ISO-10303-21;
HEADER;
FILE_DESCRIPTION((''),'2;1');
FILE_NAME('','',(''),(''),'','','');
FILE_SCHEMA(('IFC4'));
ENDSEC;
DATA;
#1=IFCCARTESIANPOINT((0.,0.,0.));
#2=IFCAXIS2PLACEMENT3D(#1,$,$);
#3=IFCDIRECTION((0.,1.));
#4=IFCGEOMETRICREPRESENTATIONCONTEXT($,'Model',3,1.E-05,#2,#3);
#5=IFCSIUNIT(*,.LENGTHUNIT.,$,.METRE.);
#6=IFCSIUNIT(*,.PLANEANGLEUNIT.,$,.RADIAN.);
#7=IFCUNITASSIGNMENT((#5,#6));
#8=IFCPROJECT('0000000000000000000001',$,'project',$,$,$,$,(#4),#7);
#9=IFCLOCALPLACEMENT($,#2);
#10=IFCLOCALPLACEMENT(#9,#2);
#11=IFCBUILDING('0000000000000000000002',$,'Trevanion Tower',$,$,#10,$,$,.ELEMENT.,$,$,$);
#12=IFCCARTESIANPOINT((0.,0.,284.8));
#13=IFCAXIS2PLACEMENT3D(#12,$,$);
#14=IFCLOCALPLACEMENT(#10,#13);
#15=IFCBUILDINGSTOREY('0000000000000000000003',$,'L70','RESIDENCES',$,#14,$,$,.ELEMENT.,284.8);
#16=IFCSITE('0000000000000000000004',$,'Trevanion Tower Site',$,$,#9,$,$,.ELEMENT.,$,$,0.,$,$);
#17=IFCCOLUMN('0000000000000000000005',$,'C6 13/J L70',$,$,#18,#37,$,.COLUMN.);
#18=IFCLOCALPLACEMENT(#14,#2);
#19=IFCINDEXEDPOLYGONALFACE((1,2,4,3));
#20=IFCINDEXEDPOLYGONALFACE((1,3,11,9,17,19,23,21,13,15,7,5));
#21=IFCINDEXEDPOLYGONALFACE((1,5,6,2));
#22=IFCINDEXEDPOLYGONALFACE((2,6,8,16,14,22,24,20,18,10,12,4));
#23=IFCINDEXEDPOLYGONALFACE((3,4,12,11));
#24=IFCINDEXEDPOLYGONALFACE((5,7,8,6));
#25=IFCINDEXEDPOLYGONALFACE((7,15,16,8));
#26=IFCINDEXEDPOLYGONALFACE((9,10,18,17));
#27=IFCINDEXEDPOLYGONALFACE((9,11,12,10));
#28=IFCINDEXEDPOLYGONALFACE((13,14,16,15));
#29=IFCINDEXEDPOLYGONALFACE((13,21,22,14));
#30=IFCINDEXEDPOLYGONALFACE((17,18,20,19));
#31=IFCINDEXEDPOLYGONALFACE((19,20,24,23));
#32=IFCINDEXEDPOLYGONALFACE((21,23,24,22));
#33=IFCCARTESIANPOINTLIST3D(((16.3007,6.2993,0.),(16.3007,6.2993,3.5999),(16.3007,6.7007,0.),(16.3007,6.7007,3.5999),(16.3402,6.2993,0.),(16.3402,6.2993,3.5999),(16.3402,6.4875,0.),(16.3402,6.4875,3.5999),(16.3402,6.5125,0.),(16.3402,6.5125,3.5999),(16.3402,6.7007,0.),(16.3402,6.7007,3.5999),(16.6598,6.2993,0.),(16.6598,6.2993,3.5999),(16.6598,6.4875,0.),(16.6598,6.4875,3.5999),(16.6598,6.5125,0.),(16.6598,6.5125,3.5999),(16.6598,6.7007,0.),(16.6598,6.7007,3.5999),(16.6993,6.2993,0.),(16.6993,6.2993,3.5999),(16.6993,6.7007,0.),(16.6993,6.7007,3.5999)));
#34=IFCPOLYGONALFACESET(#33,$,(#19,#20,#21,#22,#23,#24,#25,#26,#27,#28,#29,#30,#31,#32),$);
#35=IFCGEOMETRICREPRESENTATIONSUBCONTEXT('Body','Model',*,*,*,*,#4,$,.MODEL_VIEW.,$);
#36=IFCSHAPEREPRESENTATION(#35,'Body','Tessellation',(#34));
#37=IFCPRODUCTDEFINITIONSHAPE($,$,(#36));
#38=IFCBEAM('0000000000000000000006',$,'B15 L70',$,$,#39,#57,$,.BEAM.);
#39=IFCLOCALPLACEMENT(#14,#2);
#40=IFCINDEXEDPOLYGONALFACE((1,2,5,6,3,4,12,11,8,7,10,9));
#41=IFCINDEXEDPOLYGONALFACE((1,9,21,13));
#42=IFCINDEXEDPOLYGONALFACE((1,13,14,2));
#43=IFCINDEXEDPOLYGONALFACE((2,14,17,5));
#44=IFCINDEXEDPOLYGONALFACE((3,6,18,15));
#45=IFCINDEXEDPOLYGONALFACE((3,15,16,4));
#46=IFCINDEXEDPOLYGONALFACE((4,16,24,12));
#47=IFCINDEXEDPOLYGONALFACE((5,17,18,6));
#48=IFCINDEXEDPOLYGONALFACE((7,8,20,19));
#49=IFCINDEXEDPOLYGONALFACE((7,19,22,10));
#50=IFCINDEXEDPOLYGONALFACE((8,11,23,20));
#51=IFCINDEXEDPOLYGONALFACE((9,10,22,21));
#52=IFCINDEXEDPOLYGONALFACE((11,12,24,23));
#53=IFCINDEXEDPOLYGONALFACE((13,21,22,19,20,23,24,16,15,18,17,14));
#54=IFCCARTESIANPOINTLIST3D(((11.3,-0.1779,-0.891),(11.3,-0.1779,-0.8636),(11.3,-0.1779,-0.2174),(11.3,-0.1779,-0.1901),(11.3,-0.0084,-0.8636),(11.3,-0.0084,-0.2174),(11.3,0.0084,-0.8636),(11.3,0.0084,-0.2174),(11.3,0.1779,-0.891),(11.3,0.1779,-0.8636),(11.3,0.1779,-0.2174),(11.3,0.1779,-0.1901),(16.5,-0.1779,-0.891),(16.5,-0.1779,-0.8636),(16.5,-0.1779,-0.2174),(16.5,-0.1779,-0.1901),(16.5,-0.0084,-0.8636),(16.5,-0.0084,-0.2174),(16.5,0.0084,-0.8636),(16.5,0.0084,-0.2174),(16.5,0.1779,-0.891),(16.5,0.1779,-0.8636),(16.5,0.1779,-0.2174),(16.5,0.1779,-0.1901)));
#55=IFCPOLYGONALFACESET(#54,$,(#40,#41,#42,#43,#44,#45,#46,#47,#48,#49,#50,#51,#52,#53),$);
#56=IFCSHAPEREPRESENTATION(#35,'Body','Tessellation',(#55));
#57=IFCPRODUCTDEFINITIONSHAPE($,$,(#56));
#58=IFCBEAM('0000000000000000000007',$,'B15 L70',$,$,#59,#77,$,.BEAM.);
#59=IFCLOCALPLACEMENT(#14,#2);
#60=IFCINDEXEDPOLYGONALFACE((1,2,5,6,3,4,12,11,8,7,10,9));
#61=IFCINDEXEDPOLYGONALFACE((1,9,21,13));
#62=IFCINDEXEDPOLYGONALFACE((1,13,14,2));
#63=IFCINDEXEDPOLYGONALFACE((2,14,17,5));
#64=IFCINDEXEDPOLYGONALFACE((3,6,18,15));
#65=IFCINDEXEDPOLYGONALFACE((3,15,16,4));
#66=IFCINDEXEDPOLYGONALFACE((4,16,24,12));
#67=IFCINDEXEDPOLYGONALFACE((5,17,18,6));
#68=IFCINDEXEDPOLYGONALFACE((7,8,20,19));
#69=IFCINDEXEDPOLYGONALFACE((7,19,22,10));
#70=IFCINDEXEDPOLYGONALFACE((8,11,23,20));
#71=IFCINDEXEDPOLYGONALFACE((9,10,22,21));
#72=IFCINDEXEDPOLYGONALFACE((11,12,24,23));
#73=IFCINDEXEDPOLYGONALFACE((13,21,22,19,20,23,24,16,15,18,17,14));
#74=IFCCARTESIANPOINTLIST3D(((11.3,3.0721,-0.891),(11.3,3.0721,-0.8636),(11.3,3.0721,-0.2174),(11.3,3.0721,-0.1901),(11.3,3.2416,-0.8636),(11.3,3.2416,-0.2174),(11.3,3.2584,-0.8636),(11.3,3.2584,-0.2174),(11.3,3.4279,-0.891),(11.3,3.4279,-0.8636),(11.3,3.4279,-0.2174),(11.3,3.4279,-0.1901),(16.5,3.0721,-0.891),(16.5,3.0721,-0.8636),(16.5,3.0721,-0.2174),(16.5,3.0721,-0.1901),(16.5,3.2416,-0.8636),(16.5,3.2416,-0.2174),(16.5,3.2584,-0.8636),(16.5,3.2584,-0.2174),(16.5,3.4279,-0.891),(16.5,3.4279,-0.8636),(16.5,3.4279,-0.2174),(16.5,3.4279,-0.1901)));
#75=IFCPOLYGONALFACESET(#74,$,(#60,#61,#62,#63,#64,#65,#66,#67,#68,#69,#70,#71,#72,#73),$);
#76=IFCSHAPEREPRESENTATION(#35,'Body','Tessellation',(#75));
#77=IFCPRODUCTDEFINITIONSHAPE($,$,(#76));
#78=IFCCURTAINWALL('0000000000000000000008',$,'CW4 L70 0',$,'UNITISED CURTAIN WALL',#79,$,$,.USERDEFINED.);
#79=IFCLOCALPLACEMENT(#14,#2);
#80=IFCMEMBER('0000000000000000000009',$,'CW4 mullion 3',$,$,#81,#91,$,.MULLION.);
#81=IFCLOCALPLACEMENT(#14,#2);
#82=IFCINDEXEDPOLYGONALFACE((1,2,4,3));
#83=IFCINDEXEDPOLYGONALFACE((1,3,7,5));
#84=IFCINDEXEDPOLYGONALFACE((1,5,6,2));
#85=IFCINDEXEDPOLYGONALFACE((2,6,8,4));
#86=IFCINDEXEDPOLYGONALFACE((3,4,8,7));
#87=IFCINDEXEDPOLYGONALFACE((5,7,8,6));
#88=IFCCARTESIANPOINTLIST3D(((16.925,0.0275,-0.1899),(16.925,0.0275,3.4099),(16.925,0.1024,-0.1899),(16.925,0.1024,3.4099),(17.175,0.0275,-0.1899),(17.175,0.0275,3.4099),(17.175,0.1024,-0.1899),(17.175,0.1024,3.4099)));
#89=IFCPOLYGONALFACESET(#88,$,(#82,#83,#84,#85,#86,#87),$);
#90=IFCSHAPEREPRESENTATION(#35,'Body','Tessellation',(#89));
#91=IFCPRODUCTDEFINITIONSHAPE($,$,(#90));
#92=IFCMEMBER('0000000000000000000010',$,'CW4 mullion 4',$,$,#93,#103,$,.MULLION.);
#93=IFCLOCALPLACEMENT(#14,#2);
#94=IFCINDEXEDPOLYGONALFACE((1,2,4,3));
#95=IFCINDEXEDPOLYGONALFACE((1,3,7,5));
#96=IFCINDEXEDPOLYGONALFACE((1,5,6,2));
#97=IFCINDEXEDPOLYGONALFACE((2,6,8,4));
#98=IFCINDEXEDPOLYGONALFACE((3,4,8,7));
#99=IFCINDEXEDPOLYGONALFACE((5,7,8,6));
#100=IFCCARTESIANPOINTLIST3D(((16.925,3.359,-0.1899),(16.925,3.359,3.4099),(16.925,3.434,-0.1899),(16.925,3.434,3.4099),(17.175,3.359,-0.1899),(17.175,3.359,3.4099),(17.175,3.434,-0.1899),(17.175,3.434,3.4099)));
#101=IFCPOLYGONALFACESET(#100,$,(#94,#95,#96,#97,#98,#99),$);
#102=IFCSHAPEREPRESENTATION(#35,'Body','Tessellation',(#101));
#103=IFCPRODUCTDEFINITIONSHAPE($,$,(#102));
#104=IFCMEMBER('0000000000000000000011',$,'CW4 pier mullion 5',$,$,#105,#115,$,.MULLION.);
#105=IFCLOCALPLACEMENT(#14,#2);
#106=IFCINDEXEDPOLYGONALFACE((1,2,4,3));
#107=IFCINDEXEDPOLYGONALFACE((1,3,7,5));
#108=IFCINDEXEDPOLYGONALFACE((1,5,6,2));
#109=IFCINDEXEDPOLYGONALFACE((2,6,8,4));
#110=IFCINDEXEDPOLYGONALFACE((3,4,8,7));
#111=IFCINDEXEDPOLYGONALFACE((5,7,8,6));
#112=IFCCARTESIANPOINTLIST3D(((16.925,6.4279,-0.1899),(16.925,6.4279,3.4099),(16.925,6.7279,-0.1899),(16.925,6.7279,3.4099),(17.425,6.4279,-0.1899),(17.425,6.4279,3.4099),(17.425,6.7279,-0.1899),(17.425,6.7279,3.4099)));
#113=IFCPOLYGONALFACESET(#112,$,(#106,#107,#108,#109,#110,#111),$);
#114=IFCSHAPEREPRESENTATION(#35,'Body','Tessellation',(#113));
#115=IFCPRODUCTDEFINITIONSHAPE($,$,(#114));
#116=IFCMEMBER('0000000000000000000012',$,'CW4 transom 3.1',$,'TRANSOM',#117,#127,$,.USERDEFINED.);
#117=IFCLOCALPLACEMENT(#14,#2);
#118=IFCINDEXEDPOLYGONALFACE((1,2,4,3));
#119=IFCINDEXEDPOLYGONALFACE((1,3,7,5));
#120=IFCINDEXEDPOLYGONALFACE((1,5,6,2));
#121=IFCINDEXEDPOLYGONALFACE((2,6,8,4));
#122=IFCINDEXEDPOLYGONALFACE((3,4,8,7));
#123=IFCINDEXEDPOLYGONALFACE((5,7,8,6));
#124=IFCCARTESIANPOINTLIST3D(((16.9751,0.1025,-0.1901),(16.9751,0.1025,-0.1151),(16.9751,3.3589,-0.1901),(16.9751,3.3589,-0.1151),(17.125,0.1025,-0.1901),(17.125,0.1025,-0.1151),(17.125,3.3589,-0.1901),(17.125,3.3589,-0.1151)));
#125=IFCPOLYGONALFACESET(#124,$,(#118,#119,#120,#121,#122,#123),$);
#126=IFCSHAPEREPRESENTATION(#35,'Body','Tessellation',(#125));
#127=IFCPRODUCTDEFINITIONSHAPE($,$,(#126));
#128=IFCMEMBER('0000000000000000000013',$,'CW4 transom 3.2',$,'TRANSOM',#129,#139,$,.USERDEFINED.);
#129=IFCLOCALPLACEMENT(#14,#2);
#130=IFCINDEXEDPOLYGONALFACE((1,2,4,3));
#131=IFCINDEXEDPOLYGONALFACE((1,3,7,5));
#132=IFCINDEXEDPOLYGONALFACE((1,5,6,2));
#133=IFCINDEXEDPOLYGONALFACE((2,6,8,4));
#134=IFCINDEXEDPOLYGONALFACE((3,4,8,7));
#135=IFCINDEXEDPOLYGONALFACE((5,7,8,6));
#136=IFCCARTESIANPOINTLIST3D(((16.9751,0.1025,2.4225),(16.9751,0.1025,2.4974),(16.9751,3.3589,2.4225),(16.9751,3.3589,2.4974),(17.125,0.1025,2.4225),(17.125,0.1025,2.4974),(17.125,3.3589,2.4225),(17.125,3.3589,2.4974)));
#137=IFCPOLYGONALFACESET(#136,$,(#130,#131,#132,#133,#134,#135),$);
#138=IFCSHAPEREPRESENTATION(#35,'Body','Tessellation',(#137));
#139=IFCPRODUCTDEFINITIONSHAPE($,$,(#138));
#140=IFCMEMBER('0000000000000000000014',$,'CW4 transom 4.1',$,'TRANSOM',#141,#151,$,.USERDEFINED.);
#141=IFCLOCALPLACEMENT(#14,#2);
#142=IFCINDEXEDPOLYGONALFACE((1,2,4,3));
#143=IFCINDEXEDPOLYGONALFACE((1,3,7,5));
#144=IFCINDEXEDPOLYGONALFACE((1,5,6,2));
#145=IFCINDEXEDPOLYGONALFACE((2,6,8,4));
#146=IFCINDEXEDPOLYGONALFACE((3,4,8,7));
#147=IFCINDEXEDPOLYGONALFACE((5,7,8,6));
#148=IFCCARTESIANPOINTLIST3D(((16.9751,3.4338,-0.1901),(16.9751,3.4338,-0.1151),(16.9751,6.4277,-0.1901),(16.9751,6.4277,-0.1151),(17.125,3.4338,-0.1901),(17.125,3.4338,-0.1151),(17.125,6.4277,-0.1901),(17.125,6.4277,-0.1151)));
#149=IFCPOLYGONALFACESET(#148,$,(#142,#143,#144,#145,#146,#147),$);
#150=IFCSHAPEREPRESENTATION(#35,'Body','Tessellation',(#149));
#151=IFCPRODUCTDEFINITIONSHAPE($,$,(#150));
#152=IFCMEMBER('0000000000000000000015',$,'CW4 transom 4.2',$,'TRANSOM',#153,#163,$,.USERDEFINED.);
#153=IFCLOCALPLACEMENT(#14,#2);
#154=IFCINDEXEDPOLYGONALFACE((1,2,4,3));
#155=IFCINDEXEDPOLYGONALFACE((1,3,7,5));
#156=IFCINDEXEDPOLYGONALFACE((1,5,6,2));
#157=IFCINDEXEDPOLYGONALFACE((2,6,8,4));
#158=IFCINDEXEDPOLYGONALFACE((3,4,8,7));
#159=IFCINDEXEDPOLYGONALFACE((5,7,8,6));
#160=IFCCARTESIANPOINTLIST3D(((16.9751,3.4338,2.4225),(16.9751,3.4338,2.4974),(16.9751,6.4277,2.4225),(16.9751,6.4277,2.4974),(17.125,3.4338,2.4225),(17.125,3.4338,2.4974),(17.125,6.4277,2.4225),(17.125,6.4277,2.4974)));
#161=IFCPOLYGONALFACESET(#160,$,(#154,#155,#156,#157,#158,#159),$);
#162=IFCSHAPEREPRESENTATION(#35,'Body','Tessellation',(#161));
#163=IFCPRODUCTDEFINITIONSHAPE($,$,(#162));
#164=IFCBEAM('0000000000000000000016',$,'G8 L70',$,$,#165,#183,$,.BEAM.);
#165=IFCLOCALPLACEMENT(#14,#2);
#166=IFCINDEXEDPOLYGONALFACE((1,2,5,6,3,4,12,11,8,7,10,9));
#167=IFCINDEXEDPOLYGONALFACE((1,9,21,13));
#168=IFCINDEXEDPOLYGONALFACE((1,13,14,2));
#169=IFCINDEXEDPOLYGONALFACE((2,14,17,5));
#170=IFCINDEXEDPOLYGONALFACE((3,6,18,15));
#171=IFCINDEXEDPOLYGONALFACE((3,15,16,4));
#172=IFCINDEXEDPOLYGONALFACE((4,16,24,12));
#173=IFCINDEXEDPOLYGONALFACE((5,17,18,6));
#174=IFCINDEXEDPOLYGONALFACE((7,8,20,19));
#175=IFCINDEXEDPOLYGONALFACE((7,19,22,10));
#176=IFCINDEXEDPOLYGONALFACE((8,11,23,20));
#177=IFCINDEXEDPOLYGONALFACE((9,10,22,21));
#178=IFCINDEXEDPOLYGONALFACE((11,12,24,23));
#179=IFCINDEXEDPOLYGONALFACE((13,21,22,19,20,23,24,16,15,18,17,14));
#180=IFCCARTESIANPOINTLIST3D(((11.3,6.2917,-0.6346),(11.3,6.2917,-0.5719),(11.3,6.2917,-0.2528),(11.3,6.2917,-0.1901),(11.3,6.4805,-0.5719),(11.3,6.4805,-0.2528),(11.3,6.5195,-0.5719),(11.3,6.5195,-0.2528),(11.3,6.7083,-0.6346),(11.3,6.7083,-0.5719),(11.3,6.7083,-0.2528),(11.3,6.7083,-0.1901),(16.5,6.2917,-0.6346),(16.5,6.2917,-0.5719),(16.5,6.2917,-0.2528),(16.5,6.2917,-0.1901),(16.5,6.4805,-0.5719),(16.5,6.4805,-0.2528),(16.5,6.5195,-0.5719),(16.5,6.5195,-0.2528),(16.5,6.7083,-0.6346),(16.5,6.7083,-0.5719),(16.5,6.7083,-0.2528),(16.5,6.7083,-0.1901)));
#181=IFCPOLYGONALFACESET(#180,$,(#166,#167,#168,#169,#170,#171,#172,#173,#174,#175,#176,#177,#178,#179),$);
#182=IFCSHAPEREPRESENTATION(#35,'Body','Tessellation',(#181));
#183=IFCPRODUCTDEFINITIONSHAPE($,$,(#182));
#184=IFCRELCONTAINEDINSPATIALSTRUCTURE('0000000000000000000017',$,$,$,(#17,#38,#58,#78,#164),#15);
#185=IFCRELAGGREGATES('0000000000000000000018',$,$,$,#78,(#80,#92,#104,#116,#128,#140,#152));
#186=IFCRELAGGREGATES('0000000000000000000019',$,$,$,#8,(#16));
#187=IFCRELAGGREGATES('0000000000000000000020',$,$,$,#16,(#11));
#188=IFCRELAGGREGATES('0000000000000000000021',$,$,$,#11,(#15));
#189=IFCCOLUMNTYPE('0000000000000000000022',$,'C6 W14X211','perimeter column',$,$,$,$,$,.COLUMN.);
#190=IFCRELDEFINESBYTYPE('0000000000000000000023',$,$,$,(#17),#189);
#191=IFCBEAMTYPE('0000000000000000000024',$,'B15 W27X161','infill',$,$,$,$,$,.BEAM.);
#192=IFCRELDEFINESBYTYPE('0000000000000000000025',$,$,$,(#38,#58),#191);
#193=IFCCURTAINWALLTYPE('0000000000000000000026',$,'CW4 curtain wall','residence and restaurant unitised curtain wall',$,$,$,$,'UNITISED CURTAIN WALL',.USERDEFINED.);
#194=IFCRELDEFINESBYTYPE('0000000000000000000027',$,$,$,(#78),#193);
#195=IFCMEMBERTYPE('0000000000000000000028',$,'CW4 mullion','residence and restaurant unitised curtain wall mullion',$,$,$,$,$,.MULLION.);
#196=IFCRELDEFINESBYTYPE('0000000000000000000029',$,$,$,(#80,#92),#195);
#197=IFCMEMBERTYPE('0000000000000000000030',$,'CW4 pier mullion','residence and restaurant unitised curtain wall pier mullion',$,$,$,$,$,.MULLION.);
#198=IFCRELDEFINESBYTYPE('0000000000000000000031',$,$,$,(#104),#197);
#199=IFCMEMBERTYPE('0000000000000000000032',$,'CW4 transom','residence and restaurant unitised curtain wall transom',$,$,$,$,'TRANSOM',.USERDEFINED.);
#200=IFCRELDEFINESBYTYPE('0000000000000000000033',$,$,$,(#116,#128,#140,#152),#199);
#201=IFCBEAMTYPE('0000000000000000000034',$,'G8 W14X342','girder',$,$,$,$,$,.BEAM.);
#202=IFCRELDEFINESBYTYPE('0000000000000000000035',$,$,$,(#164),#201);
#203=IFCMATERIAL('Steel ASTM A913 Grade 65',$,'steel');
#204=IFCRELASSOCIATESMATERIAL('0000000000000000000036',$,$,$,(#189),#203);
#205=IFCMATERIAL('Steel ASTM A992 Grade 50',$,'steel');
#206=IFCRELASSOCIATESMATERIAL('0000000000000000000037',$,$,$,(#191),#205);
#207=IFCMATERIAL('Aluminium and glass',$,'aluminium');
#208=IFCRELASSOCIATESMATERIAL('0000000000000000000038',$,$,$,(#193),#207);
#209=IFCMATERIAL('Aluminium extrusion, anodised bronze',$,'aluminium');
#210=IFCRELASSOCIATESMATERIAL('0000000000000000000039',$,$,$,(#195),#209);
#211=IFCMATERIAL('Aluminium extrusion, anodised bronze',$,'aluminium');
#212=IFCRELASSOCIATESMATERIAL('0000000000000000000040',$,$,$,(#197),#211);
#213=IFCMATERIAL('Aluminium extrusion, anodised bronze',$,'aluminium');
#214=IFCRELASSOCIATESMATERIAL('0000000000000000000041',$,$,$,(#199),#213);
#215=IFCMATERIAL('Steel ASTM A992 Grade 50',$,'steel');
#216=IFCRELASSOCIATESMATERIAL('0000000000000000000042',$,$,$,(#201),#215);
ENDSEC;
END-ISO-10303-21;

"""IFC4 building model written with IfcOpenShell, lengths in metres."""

from ifc_helpers import new_model, si_unit, direction, frame, origin, origin_2d, place, context, subcontext, project, spatial, rectangle, i_section, extrude, material, material_profile, profile_set, type_object, element, aggregate, save


model = new_model("IFC4")

# Units and contexts
model_context = context("Model", 3, precision=1e-05, world=origin(), true_north=direction((0.0, 1.0)))
body_context = subcontext(model_context, "Body", "Model", "MODEL_VIEW")
ifc_project = project(units=[si_unit("LENGTHUNIT", "METRE"), si_unit("PLANEANGLEUNIT", "RADIAN")], contexts=[model_context])

# Site, building, storey
site_placement = place(None, origin())
site = spatial("IfcSite", under=ifc_project, at=site_placement, Name="Trevanion Tower Site", CompositionType="ELEMENT", RefElevation=0.0)
building_placement = place(site_placement, origin())
building = spatial("IfcBuilding", under=site, at=building_placement, Name="Trevanion Tower", CompositionType="ELEMENT")
storey_placement = place(building_placement, frame((0.0, 0.0, 284.8)))
storey = spatial("IfcBuildingStorey", under=building, at=storey_placement, Name="L70", Description="RESIDENCES", CompositionType="ELEMENT", Elevation=284.8)

# Column
ifc_material_1 = material(Name="Steel ASTM A913 Grade 65", Category="steel")
ifc_material_profile_1 = material_profile(ifc_material_1, i_section(OverallWidth=0.4014, OverallDepth=0.3987, WebThickness=0.0249, FlangeThickness=0.0396, at=origin_2d()), Name="W14X211")
ifc_profile_set_1 = profile_set([ifc_material_profile_1], Name="Steel ASTM A913 Grade 65")
column_type = type_object("IfcColumnType", Name="C6 W14X211", Description="perimeter column", PredefinedType="COLUMN", material=ifc_profile_set_1)
column_placement = place(storey_placement, frame((16.5, 6.5, 0.0), z_axis=(0.0, 0.0, 1.0), x_axis=(0.0, 1.0, 0.0)))
element("IfcColumn", 1, at=column_placement, inside=storey, type_object=column_type, Name="C6 13/J L70", PredefinedType="COLUMN", context=body_context, shape_type="SweptSolid", body=[
    extrude(i_section(OverallWidth=0.4014, OverallDepth=0.3987, WebThickness=0.0249, FlangeThickness=0.0396, at=origin_2d()), origin(), (0.0, 0.0, 1.0), 3.5999),
])

# Beams
ifc_material_2 = material(Name="Steel ASTM A992 Grade 50", Category="steel")
ifc_material_profile_2 = material_profile(ifc_material_2, i_section(OverallWidth=0.3557, OverallDepth=0.7009, WebThickness=0.0168, FlangeThickness=0.0273, at=origin_2d()), Name="W27X161")
ifc_profile_set_2 = profile_set([ifc_material_profile_2], Name="Steel ASTM A992 Grade 50")
beam_type_1 = type_object("IfcBeamType", Name="B15 W27X161", Description="infill", PredefinedType="BEAM", material=ifc_profile_set_2)
for number, where, z_axis, x_axis, name in (
    (2, (11.3, 0.0, -0.5405), (1.0, 0.0, 0.0), (0.0, 1.0, 0.0), "B15 L70"),
    (3, (11.3, 3.25, -0.5405), (1.0, 0.0, 0.0), (0.0, 1.0, 0.0), "B15 L70"),
):
    element("IfcBeam", number, at=place(storey_placement, frame(where, z_axis=z_axis, x_axis=x_axis)), inside=storey, type_object=beam_type_1, Name=name, PredefinedType="BEAM", context=body_context, shape_type="SweptSolid", body=[
        extrude(i_section(OverallWidth=0.3557, OverallDepth=0.7009, WebThickness=0.0168, FlangeThickness=0.0273, at=origin_2d()), origin(), (0.0, 0.0, 1.0), 5.2),
    ])

# Curtain wall, members
ifc_material_3 = material(Name="Aluminium and glass", Category="aluminium")
curtain_wall_type = type_object("IfcCurtainWallType", Name="CW4 curtain wall", Description="residence and restaurant unitised curtain wall", ElementType="UNITISED CURTAIN WALL", PredefinedType="USERDEFINED", material=ifc_material_3)
curtain_wall_placement = place(storey_placement, origin())
curtain_wall = element("IfcCurtainWall", 4, at=curtain_wall_placement, inside=storey, type_object=curtain_wall_type, Name="CW4 L70 0", ObjectType="UNITISED CURTAIN WALL", PredefinedType="USERDEFINED")
ifc_material_4 = material(Name="Aluminium extrusion, anodised bronze", Category="aluminium")
ifc_material_profile_3 = material_profile(ifc_material_4, rectangle(XDim=0.075, YDim=0.25, at=origin_2d()), Name="CW4 mullion")
ifc_profile_set_3 = profile_set([ifc_material_profile_3], Name="Aluminium extrusion, anodised bronze")
member_type_1 = type_object("IfcMemberType", Name="CW4 mullion", Description="residence and restaurant unitised curtain wall mullion", PredefinedType="MULLION", material=ifc_profile_set_3)
member_1_placement = place(storey_placement, frame((17.05, 0.0649, -0.1899), z_axis=(0.0, 0.0, 1.0), x_axis=(0.0, 1.0, 0.0)))
member_1 = element("IfcMember", 5, at=member_1_placement, type_object=member_type_1, Name="CW4 mullion 3", PredefinedType="MULLION", context=body_context, shape_type="SweptSolid", body=[
    extrude(rectangle(XDim=0.075, YDim=0.25, at=origin_2d()), origin(), (0.0, 0.0, 1.0), 3.5999),
])
member_2_placement = place(storey_placement, frame((17.05, 3.3965, -0.1899), z_axis=(0.0, 0.0, 1.0), x_axis=(0.0, 1.0, 0.0)))
member_2 = element("IfcMember", 6, at=member_2_placement, type_object=member_type_1, Name="CW4 mullion 4", PredefinedType="MULLION", context=body_context, shape_type="SweptSolid", body=[
    extrude(rectangle(XDim=0.075, YDim=0.25, at=origin_2d()), origin(), (0.0, 0.0, 1.0), 3.5999),
])
ifc_material_5 = material(Name="Aluminium extrusion, anodised bronze", Category="aluminium")
ifc_material_profile_4 = material_profile(ifc_material_5, rectangle(XDim=0.3, YDim=0.5, at=origin_2d()), Name="CW4 pier mullion")
ifc_profile_set_4 = profile_set([ifc_material_profile_4], Name="Aluminium extrusion, anodised bronze")
member_type_2 = type_object("IfcMemberType", Name="CW4 pier mullion", Description="residence and restaurant unitised curtain wall pier mullion", PredefinedType="MULLION", material=ifc_profile_set_4)
member_3_placement = place(storey_placement, frame((17.175, 6.5779, -0.1899), z_axis=(0.0, 0.0, 1.0), x_axis=(0.0, 1.0, 0.0)))
member_3 = element("IfcMember", 7, at=member_3_placement, type_object=member_type_2, Name="CW4 pier mullion 5", PredefinedType="MULLION", context=body_context, shape_type="SweptSolid", body=[
    extrude(rectangle(XDim=0.3, YDim=0.5, at=origin_2d()), origin(), (0.0, 0.0, 1.0), 3.5999),
])
ifc_material_6 = material(Name="Aluminium extrusion, anodised bronze", Category="aluminium")
ifc_material_profile_5 = material_profile(ifc_material_6, rectangle(XDim=0.1499, YDim=0.075, at=origin_2d()), Name="CW4 transom")
ifc_profile_set_5 = profile_set([ifc_material_profile_5], Name="Aluminium extrusion, anodised bronze")
member_type_3 = type_object("IfcMemberType", Name="CW4 transom", Description="residence and restaurant unitised curtain wall transom", ElementType="TRANSOM", PredefinedType="USERDEFINED", material=ifc_profile_set_5)
member_4_placement = place(storey_placement, frame((17.05, 0.1025, -0.1526), z_axis=(0.0, 1.0, 0.0), x_axis=(-1.0, 0.0, 0.0)))
member_4 = element("IfcMember", 8, at=member_4_placement, type_object=member_type_3, Name="CW4 transom 3.1", ObjectType="TRANSOM", PredefinedType="USERDEFINED", context=body_context, shape_type="SweptSolid", body=[
    extrude(rectangle(XDim=0.1499, YDim=0.075, at=origin_2d()), origin(), (0.0, 0.0, 1.0), 3.2563),
])
member_5_placement = place(storey_placement, frame((17.05, 0.1025, 2.46), z_axis=(0.0, 1.0, 0.0), x_axis=(-1.0, 0.0, 0.0)))
member_5 = element("IfcMember", 9, at=member_5_placement, type_object=member_type_3, Name="CW4 transom 3.2", ObjectType="TRANSOM", PredefinedType="USERDEFINED", context=body_context, shape_type="SweptSolid", body=[
    extrude(rectangle(XDim=0.1499, YDim=0.075, at=origin_2d()), origin(), (0.0, 0.0, 1.0), 3.2563),
])
member_6_placement = place(storey_placement, frame((17.05, 3.4338, -0.1526), z_axis=(0.0, 1.0, 0.0), x_axis=(-1.0, 0.0, 0.0)))
member_6 = element("IfcMember", 10, at=member_6_placement, type_object=member_type_3, Name="CW4 transom 4.1", ObjectType="TRANSOM", PredefinedType="USERDEFINED", context=body_context, shape_type="SweptSolid", body=[
    extrude(rectangle(XDim=0.1499, YDim=0.075, at=origin_2d()), origin(), (0.0, 0.0, 1.0), 2.9939),
])
member_7_placement = place(storey_placement, frame((17.05, 3.4338, 2.46), z_axis=(0.0, 1.0, 0.0), x_axis=(-1.0, 0.0, 0.0)))
member_7 = element("IfcMember", 11, at=member_7_placement, type_object=member_type_3, Name="CW4 transom 4.2", ObjectType="TRANSOM", PredefinedType="USERDEFINED", context=body_context, shape_type="SweptSolid", body=[
    extrude(rectangle(XDim=0.1499, YDim=0.075, at=origin_2d()), origin(), (0.0, 0.0, 1.0), 2.9939),
])

# Beam
ifc_material_7 = material(Name="Steel ASTM A992 Grade 50", Category="steel")
ifc_material_profile_6 = material_profile(ifc_material_7, i_section(OverallWidth=0.4165, OverallDepth=0.4446, WebThickness=0.0391, FlangeThickness=0.0627, at=origin_2d()), Name="W14X342")
ifc_profile_set_6 = profile_set([ifc_material_profile_6], Name="Steel ASTM A992 Grade 50")
beam_type_2 = type_object("IfcBeamType", Name="G8 W14X342", Description="girder", PredefinedType="BEAM", material=ifc_profile_set_6)
beam_1_placement = place(storey_placement, frame((11.3, 6.5, -0.4124), z_axis=(1.0, 0.0, 0.0), x_axis=(0.0, 1.0, 0.0)))
element("IfcBeam", 12, at=beam_1_placement, inside=storey, type_object=beam_type_2, Name="G8 L70", PredefinedType="BEAM", context=body_context, shape_type="SweptSolid", body=[
    extrude(i_section(OverallWidth=0.4165, OverallDepth=0.4446, WebThickness=0.0391, FlangeThickness=0.0627, at=origin_2d()), origin(), (0.0, 0.0, 1.0), 5.2),
])

aggregate(curtain_wall, [member_1, member_2, member_3, member_4, member_5, member_6, member_7])

save(model, "model.ifc")
